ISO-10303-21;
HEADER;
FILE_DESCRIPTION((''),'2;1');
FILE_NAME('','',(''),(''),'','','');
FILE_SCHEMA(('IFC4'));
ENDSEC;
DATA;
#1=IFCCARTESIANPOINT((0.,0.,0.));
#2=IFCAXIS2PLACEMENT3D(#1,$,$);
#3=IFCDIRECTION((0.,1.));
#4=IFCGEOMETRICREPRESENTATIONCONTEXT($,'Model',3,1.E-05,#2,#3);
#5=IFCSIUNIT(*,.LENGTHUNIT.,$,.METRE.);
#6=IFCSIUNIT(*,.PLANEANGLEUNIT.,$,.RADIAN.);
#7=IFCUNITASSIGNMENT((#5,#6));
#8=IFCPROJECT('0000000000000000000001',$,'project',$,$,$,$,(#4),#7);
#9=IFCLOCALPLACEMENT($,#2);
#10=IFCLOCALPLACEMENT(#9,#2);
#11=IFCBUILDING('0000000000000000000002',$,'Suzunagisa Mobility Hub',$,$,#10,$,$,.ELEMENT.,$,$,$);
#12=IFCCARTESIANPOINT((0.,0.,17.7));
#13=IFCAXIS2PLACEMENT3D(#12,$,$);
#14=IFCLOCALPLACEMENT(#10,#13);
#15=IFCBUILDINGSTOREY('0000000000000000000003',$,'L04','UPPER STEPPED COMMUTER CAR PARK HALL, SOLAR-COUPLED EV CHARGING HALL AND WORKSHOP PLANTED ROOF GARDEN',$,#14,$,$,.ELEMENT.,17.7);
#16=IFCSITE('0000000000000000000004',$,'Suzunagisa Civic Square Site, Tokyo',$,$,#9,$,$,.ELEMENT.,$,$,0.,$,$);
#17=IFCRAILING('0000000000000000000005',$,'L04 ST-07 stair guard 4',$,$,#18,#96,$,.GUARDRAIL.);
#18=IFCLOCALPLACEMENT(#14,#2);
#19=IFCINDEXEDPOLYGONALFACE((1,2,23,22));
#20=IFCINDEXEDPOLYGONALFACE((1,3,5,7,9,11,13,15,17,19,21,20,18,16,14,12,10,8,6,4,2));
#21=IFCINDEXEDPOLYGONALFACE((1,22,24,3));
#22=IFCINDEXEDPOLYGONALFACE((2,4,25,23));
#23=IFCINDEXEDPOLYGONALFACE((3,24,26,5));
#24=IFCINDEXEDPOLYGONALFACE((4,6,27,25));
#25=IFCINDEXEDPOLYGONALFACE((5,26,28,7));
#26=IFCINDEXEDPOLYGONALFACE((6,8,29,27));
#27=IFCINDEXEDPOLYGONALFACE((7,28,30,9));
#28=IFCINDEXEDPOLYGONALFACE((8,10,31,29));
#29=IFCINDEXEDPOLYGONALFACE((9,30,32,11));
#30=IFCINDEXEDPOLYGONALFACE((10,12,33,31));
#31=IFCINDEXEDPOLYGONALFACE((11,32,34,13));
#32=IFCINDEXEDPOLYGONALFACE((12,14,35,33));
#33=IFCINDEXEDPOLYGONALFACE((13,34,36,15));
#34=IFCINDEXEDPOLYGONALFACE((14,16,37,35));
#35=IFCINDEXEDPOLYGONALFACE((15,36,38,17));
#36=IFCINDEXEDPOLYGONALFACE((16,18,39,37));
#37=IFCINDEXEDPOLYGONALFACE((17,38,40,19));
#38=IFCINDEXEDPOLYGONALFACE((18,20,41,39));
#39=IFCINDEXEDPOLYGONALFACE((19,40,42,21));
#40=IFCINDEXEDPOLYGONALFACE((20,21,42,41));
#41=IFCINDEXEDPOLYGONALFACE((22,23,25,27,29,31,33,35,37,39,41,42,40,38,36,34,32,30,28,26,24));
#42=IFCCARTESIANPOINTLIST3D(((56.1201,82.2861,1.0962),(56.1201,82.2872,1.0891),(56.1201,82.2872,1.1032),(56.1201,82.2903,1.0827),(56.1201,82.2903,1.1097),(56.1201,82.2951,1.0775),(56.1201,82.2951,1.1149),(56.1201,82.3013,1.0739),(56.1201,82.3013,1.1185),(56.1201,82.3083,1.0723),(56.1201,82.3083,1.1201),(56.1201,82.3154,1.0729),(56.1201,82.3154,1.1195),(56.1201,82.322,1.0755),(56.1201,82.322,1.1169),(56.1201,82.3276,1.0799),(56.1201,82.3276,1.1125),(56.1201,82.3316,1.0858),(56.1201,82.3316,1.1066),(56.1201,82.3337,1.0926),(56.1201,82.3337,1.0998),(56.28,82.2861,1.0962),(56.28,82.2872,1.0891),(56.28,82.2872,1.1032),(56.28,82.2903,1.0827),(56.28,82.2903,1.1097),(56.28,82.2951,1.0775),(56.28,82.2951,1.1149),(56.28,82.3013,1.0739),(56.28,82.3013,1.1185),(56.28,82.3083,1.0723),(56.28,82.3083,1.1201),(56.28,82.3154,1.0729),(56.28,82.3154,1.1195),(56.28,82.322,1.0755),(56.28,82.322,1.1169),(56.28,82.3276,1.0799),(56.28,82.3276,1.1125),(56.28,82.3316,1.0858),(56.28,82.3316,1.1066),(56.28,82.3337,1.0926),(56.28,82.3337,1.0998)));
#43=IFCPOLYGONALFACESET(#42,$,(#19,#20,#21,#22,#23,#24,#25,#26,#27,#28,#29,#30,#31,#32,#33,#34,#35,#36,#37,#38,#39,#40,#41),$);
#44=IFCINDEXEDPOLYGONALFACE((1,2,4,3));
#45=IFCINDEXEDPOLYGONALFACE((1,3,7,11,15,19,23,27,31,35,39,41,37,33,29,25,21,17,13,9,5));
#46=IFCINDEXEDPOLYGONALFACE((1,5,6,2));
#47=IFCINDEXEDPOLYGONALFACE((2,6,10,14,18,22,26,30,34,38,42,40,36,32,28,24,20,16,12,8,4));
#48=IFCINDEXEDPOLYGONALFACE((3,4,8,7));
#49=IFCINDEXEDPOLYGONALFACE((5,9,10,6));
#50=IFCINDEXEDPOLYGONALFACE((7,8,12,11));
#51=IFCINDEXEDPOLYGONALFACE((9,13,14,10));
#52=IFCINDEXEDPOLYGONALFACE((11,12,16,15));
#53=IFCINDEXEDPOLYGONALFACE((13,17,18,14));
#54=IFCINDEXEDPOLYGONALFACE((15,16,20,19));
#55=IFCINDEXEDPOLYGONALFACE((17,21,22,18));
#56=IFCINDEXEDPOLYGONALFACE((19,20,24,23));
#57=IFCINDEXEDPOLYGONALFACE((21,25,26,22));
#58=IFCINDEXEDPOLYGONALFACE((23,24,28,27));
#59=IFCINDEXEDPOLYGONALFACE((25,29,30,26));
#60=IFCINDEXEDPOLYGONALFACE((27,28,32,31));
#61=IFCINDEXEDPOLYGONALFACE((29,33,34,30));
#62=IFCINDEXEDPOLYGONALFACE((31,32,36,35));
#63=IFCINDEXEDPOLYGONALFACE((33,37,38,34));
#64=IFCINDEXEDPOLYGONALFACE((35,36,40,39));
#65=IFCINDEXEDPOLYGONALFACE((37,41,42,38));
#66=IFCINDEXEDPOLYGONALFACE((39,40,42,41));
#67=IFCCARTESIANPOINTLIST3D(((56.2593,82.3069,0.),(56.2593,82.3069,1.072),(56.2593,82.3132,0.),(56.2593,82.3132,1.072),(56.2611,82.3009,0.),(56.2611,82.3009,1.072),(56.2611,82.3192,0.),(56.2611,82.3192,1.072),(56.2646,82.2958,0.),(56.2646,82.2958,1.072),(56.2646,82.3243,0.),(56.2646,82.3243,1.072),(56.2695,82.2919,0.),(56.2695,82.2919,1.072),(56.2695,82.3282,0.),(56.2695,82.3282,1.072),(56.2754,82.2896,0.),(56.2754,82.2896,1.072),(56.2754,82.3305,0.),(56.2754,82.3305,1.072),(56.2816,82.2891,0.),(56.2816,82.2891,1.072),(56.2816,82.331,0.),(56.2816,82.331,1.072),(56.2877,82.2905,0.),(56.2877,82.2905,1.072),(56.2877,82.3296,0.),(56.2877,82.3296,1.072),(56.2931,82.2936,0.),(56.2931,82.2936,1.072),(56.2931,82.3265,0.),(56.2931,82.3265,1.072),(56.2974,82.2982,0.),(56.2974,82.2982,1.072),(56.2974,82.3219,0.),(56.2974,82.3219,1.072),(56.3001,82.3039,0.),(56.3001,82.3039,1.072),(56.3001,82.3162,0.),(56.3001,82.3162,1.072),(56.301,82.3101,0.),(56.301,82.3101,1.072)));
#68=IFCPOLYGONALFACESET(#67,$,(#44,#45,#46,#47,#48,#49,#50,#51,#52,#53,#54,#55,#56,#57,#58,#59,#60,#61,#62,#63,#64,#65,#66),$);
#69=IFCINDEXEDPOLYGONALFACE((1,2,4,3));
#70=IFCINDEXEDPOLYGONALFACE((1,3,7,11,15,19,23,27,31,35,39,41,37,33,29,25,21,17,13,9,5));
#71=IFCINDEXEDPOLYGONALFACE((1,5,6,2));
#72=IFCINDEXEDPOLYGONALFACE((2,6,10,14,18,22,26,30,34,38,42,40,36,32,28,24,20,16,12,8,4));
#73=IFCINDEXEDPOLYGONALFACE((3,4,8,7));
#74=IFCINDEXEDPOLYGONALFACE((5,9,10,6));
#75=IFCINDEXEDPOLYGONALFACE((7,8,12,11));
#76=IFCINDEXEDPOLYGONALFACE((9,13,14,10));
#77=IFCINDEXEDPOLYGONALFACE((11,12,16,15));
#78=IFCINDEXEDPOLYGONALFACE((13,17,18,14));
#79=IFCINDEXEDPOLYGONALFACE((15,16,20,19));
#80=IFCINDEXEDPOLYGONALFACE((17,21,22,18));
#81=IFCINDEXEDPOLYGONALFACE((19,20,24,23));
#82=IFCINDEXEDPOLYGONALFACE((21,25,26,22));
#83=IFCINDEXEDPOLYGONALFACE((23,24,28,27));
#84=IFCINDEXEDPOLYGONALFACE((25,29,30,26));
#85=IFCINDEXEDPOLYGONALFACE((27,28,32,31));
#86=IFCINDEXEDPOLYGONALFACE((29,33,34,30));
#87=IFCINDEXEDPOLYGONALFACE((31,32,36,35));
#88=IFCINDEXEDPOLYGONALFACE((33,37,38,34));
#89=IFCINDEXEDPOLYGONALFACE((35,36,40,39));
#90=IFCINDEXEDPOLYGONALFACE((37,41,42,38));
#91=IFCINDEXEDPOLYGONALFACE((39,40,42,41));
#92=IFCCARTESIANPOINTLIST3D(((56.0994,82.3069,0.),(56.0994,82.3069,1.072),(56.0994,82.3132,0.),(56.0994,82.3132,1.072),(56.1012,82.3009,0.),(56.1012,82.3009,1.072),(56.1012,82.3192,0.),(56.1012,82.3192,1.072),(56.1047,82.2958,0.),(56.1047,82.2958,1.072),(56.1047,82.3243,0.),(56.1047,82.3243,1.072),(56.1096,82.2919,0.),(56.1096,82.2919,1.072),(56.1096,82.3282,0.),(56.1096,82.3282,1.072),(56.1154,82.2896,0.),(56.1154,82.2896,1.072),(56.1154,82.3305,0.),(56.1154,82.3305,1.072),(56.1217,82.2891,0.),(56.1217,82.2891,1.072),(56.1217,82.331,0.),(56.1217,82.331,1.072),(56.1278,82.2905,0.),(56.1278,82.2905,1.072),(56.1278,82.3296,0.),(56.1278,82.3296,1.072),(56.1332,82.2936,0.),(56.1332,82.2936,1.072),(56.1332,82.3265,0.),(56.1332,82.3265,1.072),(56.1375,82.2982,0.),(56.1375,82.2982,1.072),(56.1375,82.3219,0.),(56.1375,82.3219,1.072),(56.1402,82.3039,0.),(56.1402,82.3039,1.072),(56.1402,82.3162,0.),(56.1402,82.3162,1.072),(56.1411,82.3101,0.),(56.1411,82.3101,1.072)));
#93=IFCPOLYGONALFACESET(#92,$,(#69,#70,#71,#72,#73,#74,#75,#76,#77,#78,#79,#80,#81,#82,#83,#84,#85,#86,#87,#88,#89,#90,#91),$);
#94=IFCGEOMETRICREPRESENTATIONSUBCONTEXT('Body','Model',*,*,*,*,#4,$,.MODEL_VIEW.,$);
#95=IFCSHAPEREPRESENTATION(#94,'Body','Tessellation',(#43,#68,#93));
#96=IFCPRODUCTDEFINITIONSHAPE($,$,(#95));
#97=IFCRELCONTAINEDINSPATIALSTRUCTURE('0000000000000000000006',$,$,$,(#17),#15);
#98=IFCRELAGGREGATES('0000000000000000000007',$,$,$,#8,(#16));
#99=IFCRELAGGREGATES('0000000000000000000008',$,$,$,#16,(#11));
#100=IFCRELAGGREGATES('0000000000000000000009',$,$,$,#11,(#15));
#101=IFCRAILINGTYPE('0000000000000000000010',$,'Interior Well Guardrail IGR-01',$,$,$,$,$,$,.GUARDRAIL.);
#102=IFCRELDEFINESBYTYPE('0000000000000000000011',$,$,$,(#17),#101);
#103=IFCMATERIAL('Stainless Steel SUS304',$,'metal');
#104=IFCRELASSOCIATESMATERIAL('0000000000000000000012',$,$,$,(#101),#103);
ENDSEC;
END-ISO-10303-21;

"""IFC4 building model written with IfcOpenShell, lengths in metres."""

from ifc_helpers import new_model, si_unit, direction, frame, origin, origin_2d, place, context, subcontext, project, spatial, circle, extrude, material, type_object, element, save


model = new_model("IFC4")

# Units and contexts
model_context = context("Model", 3, precision=1e-05, world=origin(), true_north=direction((0.0, 1.0)))
body_context = subcontext(model_context, "Body", "Model", "MODEL_VIEW")
ifc_project = project(units=[si_unit("LENGTHUNIT", "METRE"), si_unit("PLANEANGLEUNIT", "RADIAN")], contexts=[model_context])

# Site, building, storey
site_placement = place(None, origin())
site = spatial("IfcSite", under=ifc_project, at=site_placement, Name="Suzunagisa Civic Square Site, Tokyo", CompositionType="ELEMENT", RefElevation=0.0)
building_placement = place(site_placement, origin())
building = spatial("IfcBuilding", under=site, at=building_placement, Name="Suzunagisa Mobility Hub", CompositionType="ELEMENT")
storey_placement = place(building_placement, frame((0.0, 0.0, 17.7)))
storey = spatial("IfcBuildingStorey", under=building, at=storey_placement, Name="L04", Description="UPPER STEPPED COMMUTER CAR PARK HALL, SOLAR-COUPLED EV CHARGING HALL AND WORKSHOP PLANTED ROOF GARDEN", CompositionType="ELEMENT", Elevation=17.7)

# Railing
ifc_material_1 = material(Name="Stainless Steel SUS304", Category="metal")
railing_type_1 = type_object("IfcRailingType", Name="Interior Well Guardrail IGR-01", PredefinedType="GUARDRAIL", material=ifc_material_1)
railing_1_placement = place(storey_placement, frame((56.28, 82.3101, 0.0)))
element("IfcRailing", 1, at=railing_1_placement, inside=storey, type_object=railing_type_1, Name="L04 ST-07 stair guard 4", PredefinedType="GUARDRAIL", context=body_context, shape_type="SweptSolid", body=[
    extrude(circle(Radius=0.0239, at=origin_2d()), frame((0.0, 0.0, 1.0962), z_axis=(-1.0, 0.0, 0.0), x_axis=(0.0, -1.0, 0.0)), (0.0, 0.0, 1.0), 0.1599),
    extrude(circle(Radius=0.021, at=origin_2d()), origin(), (0.0, 0.0, 1.0), 1.072),
    extrude(circle(Radius=0.021, at=origin_2d()), frame((-0.1599, 0.0, 0.0)), (0.0, 0.0, 1.0), 1.072),
])

save(model, "model.ifc")
